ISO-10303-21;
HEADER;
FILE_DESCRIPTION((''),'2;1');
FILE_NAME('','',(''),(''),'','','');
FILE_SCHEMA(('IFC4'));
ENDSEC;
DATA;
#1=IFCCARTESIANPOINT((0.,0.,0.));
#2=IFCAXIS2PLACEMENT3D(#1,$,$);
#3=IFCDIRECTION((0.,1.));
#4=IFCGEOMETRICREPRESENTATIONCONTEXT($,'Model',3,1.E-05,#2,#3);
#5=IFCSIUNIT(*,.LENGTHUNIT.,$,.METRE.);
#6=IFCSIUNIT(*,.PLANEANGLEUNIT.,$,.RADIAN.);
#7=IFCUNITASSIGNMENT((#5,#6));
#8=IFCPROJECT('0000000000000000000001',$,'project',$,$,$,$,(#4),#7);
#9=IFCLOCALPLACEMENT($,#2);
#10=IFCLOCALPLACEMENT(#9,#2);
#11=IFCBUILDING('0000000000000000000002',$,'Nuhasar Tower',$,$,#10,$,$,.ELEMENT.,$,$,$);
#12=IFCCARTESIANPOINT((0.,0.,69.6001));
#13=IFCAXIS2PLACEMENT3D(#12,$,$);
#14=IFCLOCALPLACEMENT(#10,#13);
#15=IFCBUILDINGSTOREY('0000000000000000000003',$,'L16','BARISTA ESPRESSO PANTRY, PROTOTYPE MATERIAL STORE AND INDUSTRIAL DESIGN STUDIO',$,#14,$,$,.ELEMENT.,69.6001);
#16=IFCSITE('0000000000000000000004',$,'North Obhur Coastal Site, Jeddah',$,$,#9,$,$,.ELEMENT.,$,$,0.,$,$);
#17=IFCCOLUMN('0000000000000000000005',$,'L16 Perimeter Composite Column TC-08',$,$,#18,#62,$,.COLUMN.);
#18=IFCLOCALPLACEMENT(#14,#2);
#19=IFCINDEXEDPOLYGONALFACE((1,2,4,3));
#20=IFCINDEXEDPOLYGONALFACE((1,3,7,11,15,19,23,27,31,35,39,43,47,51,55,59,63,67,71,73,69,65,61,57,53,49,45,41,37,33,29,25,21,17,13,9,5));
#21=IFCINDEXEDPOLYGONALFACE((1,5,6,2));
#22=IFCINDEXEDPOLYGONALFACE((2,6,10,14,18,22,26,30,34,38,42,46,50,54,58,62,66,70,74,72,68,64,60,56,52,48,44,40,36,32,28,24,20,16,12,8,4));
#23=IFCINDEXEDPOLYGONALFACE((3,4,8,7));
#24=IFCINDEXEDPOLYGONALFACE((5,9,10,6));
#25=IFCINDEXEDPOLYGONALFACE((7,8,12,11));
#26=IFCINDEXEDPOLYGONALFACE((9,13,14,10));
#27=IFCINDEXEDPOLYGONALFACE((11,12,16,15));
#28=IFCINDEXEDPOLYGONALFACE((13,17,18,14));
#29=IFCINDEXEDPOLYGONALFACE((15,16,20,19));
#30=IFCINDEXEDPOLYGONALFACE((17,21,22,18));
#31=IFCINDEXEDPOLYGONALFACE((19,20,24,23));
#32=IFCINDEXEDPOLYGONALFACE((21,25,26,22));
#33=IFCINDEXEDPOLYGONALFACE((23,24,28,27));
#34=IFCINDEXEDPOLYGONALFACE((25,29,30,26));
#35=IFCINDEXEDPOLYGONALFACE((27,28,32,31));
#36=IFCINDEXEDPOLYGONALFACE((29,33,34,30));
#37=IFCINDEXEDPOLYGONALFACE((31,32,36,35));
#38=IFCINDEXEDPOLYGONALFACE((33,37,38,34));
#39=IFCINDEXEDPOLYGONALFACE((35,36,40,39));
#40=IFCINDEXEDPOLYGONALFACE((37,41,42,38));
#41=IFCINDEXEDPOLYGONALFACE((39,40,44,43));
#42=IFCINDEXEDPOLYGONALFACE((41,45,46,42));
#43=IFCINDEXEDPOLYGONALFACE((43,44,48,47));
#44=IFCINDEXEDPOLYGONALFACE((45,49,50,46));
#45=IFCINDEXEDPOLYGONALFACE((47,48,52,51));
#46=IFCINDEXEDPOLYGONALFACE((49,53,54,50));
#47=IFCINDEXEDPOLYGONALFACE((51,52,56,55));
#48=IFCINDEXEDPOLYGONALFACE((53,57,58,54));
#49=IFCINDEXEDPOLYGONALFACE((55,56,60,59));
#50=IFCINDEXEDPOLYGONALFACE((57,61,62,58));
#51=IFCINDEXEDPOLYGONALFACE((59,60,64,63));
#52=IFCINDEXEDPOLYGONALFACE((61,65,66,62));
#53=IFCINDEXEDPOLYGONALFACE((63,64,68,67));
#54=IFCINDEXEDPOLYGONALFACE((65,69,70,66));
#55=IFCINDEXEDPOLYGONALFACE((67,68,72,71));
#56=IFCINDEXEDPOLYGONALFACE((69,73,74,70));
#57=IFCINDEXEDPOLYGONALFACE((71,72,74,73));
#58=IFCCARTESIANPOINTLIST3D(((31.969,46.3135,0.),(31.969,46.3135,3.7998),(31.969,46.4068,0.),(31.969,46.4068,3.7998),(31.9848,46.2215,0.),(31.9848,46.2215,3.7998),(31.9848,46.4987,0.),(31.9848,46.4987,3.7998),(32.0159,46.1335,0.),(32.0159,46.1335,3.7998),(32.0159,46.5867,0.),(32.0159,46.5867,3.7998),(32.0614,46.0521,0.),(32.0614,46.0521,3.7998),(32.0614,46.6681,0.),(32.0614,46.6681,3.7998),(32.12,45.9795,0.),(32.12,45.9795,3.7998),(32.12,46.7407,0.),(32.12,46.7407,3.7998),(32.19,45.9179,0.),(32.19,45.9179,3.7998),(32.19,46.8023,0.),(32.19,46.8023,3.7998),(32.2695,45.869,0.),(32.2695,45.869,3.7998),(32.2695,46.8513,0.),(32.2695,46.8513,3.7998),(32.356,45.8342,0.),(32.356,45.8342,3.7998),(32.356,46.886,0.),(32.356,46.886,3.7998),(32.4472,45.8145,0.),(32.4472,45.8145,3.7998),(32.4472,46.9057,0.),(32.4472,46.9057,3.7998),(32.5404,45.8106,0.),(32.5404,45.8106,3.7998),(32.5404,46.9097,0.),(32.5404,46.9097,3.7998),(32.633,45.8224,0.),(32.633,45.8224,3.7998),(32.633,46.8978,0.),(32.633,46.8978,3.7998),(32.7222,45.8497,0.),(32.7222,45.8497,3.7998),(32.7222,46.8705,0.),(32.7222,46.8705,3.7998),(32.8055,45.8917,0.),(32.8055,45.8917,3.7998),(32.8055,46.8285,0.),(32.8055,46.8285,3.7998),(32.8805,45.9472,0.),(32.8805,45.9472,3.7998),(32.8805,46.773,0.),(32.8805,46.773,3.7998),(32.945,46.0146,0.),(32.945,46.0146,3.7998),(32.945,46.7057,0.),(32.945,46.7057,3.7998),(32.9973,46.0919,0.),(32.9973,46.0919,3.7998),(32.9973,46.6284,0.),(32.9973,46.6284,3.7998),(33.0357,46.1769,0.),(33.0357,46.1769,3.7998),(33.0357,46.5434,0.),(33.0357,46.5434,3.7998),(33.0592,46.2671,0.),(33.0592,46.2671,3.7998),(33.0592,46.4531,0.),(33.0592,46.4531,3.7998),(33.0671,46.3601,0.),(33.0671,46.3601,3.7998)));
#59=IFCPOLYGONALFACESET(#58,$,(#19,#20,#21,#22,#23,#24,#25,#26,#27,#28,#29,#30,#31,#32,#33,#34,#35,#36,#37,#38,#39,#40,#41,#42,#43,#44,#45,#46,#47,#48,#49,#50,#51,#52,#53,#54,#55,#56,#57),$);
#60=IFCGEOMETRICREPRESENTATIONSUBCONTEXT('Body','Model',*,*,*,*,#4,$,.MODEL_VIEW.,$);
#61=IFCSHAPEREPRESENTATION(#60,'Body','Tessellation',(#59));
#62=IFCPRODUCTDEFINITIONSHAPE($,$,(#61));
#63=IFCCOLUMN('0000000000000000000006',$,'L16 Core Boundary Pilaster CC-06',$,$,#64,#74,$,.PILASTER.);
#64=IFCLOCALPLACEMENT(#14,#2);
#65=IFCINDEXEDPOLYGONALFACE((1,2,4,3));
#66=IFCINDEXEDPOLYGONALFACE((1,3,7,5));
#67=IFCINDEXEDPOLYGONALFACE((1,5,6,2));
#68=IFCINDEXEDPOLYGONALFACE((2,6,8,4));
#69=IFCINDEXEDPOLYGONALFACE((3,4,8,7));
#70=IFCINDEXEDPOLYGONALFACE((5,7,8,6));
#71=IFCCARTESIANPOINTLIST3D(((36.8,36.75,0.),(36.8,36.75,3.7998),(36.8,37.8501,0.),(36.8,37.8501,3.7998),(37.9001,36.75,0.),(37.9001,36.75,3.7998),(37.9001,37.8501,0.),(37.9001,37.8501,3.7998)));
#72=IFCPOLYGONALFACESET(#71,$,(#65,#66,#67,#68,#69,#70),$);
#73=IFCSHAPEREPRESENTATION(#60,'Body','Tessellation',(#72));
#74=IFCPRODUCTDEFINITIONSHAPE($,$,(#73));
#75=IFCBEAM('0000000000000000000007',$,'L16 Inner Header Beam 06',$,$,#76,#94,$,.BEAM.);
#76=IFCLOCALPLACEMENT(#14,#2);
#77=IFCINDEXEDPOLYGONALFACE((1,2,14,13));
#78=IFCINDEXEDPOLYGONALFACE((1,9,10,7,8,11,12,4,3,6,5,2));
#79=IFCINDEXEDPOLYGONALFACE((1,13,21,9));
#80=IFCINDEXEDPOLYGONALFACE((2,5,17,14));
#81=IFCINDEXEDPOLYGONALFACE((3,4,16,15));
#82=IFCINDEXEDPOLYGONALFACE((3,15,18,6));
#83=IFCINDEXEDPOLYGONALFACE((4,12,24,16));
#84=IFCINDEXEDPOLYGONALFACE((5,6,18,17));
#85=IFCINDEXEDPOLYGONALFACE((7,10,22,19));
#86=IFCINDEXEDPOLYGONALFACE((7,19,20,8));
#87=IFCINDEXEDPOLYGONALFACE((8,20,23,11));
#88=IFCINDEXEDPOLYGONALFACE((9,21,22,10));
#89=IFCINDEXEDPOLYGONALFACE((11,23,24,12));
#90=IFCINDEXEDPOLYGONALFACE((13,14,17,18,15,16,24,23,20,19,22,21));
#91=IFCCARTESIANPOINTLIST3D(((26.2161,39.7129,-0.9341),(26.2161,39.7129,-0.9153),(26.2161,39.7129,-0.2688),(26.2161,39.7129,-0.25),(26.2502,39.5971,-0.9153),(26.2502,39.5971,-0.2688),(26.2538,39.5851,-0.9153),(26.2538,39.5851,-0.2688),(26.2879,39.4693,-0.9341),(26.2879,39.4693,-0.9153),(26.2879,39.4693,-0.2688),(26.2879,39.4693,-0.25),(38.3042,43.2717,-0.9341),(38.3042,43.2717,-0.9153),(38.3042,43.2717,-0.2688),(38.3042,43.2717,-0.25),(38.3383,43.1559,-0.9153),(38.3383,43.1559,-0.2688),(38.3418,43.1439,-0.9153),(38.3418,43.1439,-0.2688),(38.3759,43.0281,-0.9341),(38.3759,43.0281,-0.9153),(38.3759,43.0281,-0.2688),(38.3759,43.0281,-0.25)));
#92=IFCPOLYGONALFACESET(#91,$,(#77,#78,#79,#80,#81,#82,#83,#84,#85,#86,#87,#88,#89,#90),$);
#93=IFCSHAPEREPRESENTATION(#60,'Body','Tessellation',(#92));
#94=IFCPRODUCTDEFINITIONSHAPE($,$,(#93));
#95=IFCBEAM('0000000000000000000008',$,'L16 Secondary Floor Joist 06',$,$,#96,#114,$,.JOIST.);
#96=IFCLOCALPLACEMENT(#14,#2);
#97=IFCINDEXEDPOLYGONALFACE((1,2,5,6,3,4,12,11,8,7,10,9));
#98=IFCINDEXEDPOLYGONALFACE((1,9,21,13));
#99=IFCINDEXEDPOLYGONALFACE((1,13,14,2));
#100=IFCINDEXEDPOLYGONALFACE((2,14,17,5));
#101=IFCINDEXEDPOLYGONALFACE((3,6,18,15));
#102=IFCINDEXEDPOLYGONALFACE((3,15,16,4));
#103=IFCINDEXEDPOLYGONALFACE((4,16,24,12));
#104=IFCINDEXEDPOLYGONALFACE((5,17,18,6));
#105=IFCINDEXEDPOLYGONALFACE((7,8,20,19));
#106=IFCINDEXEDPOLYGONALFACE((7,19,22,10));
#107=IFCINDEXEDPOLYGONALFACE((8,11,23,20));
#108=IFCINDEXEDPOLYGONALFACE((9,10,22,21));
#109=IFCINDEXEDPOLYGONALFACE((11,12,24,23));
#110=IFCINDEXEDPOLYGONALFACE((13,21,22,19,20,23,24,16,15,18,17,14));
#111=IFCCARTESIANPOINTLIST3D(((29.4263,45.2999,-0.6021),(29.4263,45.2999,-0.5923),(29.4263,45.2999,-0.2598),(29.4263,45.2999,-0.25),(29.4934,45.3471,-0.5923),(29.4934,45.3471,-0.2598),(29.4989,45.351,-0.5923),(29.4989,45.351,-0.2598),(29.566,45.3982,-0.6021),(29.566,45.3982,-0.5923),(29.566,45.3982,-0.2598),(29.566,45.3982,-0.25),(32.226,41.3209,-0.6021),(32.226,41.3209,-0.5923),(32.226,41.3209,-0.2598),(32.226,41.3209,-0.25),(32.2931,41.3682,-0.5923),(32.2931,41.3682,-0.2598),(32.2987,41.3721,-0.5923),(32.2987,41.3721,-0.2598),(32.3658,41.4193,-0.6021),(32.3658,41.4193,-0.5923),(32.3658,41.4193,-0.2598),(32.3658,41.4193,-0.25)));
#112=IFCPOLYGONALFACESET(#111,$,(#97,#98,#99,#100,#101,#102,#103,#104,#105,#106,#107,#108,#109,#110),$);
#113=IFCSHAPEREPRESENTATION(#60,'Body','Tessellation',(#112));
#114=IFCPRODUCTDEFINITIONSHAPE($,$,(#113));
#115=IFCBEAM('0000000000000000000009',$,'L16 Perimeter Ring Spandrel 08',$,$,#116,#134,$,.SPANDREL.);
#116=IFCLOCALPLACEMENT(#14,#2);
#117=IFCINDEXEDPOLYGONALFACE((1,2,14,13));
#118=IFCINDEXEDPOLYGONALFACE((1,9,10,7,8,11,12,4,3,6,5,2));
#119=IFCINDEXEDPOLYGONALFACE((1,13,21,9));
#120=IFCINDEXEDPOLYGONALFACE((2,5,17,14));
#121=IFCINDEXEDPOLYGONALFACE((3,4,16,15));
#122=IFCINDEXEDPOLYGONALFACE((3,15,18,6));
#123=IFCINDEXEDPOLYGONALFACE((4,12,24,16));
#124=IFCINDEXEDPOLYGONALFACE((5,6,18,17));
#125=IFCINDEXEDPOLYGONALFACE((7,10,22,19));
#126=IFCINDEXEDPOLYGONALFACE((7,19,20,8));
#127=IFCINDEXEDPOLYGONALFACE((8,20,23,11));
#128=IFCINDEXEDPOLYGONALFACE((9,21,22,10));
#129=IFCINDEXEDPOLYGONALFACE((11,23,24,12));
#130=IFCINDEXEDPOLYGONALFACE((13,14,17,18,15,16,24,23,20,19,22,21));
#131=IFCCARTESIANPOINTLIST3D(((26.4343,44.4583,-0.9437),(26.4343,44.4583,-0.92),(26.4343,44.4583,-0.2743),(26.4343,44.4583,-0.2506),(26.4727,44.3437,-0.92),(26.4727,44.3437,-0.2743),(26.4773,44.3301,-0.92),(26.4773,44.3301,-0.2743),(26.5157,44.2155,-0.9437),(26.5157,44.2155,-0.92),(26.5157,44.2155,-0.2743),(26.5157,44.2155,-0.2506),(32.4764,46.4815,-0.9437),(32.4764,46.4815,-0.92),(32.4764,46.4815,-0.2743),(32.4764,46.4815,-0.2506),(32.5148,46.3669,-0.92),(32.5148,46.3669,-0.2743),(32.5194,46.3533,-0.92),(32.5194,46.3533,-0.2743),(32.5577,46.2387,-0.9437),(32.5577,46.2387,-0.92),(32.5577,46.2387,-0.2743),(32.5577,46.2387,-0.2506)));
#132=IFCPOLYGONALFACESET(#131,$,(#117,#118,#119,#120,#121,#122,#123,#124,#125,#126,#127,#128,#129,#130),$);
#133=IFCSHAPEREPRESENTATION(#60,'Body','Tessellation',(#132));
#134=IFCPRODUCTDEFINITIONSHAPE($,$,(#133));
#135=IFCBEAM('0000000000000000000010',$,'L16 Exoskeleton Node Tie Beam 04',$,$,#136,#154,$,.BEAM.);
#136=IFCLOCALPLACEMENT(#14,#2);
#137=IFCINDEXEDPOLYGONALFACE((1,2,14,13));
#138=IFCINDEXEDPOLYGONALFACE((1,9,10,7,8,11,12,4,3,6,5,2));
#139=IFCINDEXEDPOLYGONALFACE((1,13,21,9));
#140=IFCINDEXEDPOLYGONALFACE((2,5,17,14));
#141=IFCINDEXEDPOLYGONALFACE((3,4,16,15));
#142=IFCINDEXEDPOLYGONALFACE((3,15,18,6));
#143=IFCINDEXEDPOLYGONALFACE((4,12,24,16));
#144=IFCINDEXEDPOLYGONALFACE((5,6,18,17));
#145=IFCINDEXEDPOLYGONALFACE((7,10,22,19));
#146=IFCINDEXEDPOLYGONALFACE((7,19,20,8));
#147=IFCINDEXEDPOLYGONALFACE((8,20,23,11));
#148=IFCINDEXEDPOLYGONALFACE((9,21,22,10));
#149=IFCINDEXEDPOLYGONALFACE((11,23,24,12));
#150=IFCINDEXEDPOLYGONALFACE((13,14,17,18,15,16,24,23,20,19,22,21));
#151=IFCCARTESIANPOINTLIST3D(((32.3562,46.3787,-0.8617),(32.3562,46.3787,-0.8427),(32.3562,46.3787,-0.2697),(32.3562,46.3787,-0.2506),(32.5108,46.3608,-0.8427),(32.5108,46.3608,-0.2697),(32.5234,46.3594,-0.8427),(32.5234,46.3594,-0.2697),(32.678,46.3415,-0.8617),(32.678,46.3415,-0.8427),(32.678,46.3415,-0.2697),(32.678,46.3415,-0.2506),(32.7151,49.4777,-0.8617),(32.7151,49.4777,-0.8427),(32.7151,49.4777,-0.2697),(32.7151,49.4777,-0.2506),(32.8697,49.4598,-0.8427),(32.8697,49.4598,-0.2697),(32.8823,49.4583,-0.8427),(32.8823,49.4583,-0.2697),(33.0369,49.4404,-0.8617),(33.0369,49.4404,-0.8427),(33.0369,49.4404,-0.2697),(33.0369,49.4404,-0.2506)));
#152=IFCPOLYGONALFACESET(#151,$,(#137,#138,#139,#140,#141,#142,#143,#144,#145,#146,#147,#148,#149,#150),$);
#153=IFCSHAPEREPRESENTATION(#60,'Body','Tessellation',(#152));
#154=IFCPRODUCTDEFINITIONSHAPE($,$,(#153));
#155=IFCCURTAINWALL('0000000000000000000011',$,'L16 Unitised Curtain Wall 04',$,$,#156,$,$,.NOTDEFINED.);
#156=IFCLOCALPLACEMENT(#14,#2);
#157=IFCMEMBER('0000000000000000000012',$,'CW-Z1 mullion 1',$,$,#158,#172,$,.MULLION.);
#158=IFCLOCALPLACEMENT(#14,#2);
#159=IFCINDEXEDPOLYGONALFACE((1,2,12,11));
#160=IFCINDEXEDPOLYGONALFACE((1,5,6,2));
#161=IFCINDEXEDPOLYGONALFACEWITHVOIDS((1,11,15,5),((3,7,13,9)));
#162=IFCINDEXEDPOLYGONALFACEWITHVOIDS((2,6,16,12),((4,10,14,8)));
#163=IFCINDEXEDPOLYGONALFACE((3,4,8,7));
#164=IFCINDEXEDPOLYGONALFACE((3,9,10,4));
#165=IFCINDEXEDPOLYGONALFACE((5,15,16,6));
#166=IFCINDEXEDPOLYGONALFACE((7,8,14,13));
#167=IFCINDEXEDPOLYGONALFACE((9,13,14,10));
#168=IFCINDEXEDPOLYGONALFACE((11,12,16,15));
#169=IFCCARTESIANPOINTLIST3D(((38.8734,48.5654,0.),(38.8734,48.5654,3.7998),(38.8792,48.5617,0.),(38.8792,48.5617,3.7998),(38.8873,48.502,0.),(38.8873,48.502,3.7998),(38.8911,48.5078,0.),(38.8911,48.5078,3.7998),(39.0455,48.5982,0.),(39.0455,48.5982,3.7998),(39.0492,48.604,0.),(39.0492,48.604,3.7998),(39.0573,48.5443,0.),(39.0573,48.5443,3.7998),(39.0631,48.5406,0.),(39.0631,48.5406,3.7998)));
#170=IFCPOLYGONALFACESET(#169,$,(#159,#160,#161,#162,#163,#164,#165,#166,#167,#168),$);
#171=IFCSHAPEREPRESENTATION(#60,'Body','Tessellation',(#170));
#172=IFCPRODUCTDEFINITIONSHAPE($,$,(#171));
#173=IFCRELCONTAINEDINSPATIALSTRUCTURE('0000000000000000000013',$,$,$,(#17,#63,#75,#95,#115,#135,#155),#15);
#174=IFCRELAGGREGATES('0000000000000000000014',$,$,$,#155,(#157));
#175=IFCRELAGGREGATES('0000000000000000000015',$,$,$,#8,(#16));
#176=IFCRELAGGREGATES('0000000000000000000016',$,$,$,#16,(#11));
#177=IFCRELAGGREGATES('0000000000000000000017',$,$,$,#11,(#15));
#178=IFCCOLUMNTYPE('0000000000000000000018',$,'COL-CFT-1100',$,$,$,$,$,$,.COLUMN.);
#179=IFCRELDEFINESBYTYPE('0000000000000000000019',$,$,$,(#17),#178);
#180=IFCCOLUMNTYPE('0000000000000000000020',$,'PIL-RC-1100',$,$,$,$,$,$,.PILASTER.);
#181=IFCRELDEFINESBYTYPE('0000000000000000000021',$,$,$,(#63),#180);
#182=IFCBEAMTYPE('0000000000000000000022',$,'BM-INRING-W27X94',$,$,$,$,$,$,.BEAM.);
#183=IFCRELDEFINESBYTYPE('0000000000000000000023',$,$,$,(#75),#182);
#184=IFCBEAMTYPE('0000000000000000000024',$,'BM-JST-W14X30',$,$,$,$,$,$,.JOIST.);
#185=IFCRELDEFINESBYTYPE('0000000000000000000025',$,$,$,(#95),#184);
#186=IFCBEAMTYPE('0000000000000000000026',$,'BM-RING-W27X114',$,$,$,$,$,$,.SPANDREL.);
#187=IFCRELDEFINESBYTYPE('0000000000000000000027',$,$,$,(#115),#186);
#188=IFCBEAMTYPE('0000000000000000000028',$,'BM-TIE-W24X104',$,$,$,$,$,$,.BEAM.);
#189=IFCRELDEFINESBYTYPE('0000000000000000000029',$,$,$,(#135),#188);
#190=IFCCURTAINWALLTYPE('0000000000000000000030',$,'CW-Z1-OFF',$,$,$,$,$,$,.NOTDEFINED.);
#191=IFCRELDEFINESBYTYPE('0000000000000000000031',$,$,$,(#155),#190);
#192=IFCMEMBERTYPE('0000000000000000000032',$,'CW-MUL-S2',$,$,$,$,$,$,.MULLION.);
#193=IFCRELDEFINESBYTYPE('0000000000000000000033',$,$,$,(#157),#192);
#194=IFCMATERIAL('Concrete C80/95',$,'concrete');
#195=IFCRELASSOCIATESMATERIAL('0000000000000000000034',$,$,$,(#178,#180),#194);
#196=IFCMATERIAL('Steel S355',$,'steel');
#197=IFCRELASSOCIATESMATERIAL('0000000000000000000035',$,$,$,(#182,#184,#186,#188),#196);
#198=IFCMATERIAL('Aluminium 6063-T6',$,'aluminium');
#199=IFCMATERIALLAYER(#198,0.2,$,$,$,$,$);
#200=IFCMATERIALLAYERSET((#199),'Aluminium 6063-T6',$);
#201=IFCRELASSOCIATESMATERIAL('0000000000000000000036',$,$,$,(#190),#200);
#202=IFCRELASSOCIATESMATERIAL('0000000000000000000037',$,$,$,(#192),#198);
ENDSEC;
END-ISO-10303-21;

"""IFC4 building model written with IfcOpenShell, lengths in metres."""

from ifc_helpers import new_model, si_unit, direction, frame, origin, origin_2d, place, context, subcontext, project, spatial, rectangle, hollow_rectangle, circle, i_section, extrude, material, layer, layer_set, material_profile, profile_set, type_object, element, aggregate, save


model = new_model("IFC4")

# Units and contexts
model_context = context("Model", 3, precision=1e-05, world=origin(), true_north=direction((0.0, 1.0)))
body_context = subcontext(model_context, "Body", "Model", "MODEL_VIEW")
ifc_project = project(units=[si_unit("LENGTHUNIT", "METRE"), si_unit("PLANEANGLEUNIT", "RADIAN")], contexts=[model_context])

# Site, building, storey
site_placement = place(None, origin())
site = spatial("IfcSite", under=ifc_project, at=site_placement, Name="North Obhur Coastal Site, Jeddah", CompositionType="ELEMENT", RefElevation=0.0)
building_placement = place(site_placement, origin())
building = spatial("IfcBuilding", under=site, at=building_placement, Name="Nuhasar Tower", CompositionType="ELEMENT")
storey_placement = place(building_placement, frame((0.0, 0.0, 69.6001)))
storey = spatial("IfcBuildingStorey", under=building, at=storey_placement, Name="L16", Description="BARISTA ESPRESSO PANTRY, PROTOTYPE MATERIAL STORE AND INDUSTRIAL DESIGN STUDIO", CompositionType="ELEMENT", Elevation=69.6001)

# Columns
ifc_material_1 = material(Name="Concrete C80/95", Category="concrete")
ifc_material_profile_1 = material_profile(ifc_material_1, circle(Radius=0.55, at=origin_2d()), Name="CFT1100")
ifc_profile_set_1 = profile_set([ifc_material_profile_1], Name="Concrete C80/95")
column_type_1 = type_object("IfcColumnType", Name="COL-CFT-1100", PredefinedType="COLUMN", material=ifc_profile_set_1)
column_1_placement = place(storey_placement, frame((32.5171, 46.3601, 0.0), z_axis=(0.0, 0.0, 1.0), x_axis=(1.0, 0.0, 0.0)))
element("IfcColumn", 1, at=column_1_placement, inside=storey, type_object=column_type_1, Name="L16 Perimeter Composite Column TC-08", PredefinedType="COLUMN", context=body_context, shape_type="SweptSolid", body=[
    extrude(circle(Radius=0.55, at=origin_2d()), origin(), (0.0, 0.0, 1.0), 3.7998),
])
ifc_material_profile_2 = material_profile(ifc_material_1, rectangle(XDim=1.1001, YDim=1.1001, at=origin_2d()), Name="RC1100X1100")
ifc_profile_set_2 = profile_set([ifc_material_profile_2], Name="Concrete C80/95")
column_type_2 = type_object("IfcColumnType", Name="PIL-RC-1100", PredefinedType="PILASTER", material=ifc_profile_set_2)
column_2_placement = place(storey_placement, frame((37.3501, 37.3, 0.0), z_axis=(0.0, 0.0, 1.0), x_axis=(1.0, 0.0, 0.0)))
element("IfcColumn", 2, at=column_2_placement, inside=storey, type_object=column_type_2, Name="L16 Core Boundary Pilaster CC-06", PredefinedType="PILASTER", context=body_context, shape_type="SweptSolid", body=[
    extrude(rectangle(XDim=1.1001, YDim=1.1001, at=origin_2d()), origin(), (0.0, 0.0, 1.0), 3.7998),
])

# Beams
ifc_material_2 = material(Name="Steel S355", Category="steel")
ifc_material_profile_3 = material_profile(ifc_material_2, i_section(OverallWidth=0.2539, OverallDepth=0.6841, WebThickness=0.0125, FlangeThickness=0.0188, at=origin_2d()), Name="W27X94")
ifc_profile_set_3 = profile_set([ifc_material_profile_3], Name="Steel S355")
beam_type_1 = type_object("IfcBeamType", Name="BM-INRING-W27X94", PredefinedType="BEAM", material=ifc_profile_set_3)
beam_1_placement = place(storey_placement, frame((38.3401, 43.1499, -0.592), z_axis=(-0.95929, -0.282422, 0.0), x_axis=(0.282422, -0.95929, 0.0)))
element("IfcBeam", 3, at=beam_1_placement, inside=storey, type_object=beam_type_1, Name="L16 Inner Header Beam 06", PredefinedType="BEAM", context=body_context, shape_type="SweptSolid", body=[
    extrude(i_section(OverallWidth=0.2539, OverallDepth=0.6841, WebThickness=0.0125, FlangeThickness=0.0188, at=origin_2d()), origin(), (0.0, 0.0, 1.0), 12.6011),
])
ifc_material_profile_4 = material_profile(ifc_material_2, i_section(OverallWidth=0.1709, OverallDepth=0.3521, WebThickness=0.0068, FlangeThickness=0.0098, at=origin_2d()), Name="W14X30")
ifc_profile_set_4 = profile_set([ifc_material_profile_4], Name="Steel S355")
beam_type_2 = type_object("IfcBeamType", Name="BM-JST-W14X30", PredefinedType="JOIST", material=ifc_profile_set_4)
beam_2_placement = place(storey_placement, frame((32.2959, 41.3701, -0.426), z_axis=(-0.575461, 0.817829, 0.0), x_axis=(-0.817829, -0.575461, 0.0)))
element("IfcBeam", 4, at=beam_2_placement, inside=storey, type_object=beam_type_2, Name="L16 Secondary Floor Joist 06", PredefinedType="JOIST", context=body_context, shape_type="SweptSolid", body=[
    extrude(i_section(OverallWidth=0.1709, OverallDepth=0.3521, WebThickness=0.0068, FlangeThickness=0.0098, at=origin_2d()), origin(), (0.0, 0.0, 1.0), 4.8652),
])
ifc_material_profile_5 = material_profile(ifc_material_2, i_section(OverallWidth=0.2561, OverallDepth=0.6931, WebThickness=0.0144, FlangeThickness=0.0237, at=origin_2d()), Name="W27X114")
ifc_profile_set_5 = profile_set([ifc_material_profile_5], Name="Steel S355")
beam_type_3 = type_object("IfcBeamType", Name="BM-RING-W27X114", PredefinedType="SPANDREL", material=ifc_profile_set_5)
beam_3_placement = place(storey_placement, frame((32.5171, 46.3601, -0.5972), z_axis=(-0.948249, -0.317526, 0.0), x_axis=(0.317526, -0.948249, 0.0)))
element("IfcBeam", 5, at=beam_3_placement, inside=storey, type_object=beam_type_3, Name="L16 Perimeter Ring Spandrel 08", PredefinedType="SPANDREL", context=body_context, shape_type="SweptSolid", body=[
    extrude(i_section(OverallWidth=0.2561, OverallDepth=0.6931, WebThickness=0.0144, FlangeThickness=0.0237, at=origin_2d()), origin(), (0.0, 0.0, 1.0), 6.3718),
])
ifc_material_profile_6 = material_profile(ifc_material_2, i_section(OverallWidth=0.324, OverallDepth=0.6111, WebThickness=0.0127, FlangeThickness=0.019, at=origin_2d()), Name="W24X104")
ifc_profile_set_6 = profile_set([ifc_material_profile_6], Name="Steel S355")
beam_type_4 = type_object("IfcBeamType", Name="BM-TIE-W24X104", PredefinedType="BEAM", material=ifc_profile_set_6)
beam_4_placement = place(storey_placement, frame((32.5171, 46.3601, -0.5562), z_axis=(0.115043, 0.993361, 0.0), x_axis=(-0.993361, 0.115043, 0.0)))
element("IfcBeam", 6, at=beam_4_placement, inside=storey, type_object=beam_type_4, Name="L16 Exoskeleton Node Tie Beam 04", PredefinedType="BEAM", context=body_context, shape_type="SweptSolid", body=[
    extrude(i_section(OverallWidth=0.324, OverallDepth=0.6111, WebThickness=0.0127, FlangeThickness=0.019, at=origin_2d()), origin(), (0.0, 0.0, 1.0), 3.1196),
])

# Curtain wall, member
ifc_material_3 = material(Name="Aluminium 6063-T6", Category="aluminium")
ifc_layer_1 = layer(ifc_material_3, 0.2)
ifc_layer_set_1 = layer_set([ifc_layer_1], Name="Aluminium 6063-T6")
curtain_wall_type = type_object("IfcCurtainWallType", Name="CW-Z1-OFF", PredefinedType="NOTDEFINED", material=ifc_layer_set_1)
curtain_wall_placement = place(storey_placement, origin())
curtain_wall = element("IfcCurtainWall", 7, at=curtain_wall_placement, inside=storey, type_object=curtain_wall_type, Name="L16 Unitised Curtain Wall 04", PredefinedType="NOTDEFINED")
ifc_material_profile_7 = material_profile(ifc_material_3, hollow_rectangle(XDim=0.0649, YDim=0.1799, WallThickness=0.0049, at=origin_2d()), Name="CWM-2")
ifc_profile_set_7 = profile_set([ifc_material_profile_7], Name="Aluminium 6063-T6")
member_type_1 = type_object("IfcMemberType", Name="CW-MUL-S2", PredefinedType="MULLION", material=ifc_profile_set_7)
member_1_placement = place(storey_placement, frame((38.9683, 48.553, 0.0), z_axis=(0.0, 0.0, 1.0), x_axis=(0.214399, -0.976746, 0.0)))
member_1 = element("IfcMember", 8, at=member_1_placement, type_object=member_type_1, Name="CW-Z1 mullion 1", PredefinedType="MULLION", context=body_context, shape_type="SweptSolid", body=[
    extrude(hollow_rectangle(XDim=0.0649, YDim=0.1799, WallThickness=0.0049, at=origin_2d()), origin(), (0.0, 0.0, 1.0), 3.7998),
])

aggregate(curtain_wall, [member_1])

save(model, "model.ifc")
